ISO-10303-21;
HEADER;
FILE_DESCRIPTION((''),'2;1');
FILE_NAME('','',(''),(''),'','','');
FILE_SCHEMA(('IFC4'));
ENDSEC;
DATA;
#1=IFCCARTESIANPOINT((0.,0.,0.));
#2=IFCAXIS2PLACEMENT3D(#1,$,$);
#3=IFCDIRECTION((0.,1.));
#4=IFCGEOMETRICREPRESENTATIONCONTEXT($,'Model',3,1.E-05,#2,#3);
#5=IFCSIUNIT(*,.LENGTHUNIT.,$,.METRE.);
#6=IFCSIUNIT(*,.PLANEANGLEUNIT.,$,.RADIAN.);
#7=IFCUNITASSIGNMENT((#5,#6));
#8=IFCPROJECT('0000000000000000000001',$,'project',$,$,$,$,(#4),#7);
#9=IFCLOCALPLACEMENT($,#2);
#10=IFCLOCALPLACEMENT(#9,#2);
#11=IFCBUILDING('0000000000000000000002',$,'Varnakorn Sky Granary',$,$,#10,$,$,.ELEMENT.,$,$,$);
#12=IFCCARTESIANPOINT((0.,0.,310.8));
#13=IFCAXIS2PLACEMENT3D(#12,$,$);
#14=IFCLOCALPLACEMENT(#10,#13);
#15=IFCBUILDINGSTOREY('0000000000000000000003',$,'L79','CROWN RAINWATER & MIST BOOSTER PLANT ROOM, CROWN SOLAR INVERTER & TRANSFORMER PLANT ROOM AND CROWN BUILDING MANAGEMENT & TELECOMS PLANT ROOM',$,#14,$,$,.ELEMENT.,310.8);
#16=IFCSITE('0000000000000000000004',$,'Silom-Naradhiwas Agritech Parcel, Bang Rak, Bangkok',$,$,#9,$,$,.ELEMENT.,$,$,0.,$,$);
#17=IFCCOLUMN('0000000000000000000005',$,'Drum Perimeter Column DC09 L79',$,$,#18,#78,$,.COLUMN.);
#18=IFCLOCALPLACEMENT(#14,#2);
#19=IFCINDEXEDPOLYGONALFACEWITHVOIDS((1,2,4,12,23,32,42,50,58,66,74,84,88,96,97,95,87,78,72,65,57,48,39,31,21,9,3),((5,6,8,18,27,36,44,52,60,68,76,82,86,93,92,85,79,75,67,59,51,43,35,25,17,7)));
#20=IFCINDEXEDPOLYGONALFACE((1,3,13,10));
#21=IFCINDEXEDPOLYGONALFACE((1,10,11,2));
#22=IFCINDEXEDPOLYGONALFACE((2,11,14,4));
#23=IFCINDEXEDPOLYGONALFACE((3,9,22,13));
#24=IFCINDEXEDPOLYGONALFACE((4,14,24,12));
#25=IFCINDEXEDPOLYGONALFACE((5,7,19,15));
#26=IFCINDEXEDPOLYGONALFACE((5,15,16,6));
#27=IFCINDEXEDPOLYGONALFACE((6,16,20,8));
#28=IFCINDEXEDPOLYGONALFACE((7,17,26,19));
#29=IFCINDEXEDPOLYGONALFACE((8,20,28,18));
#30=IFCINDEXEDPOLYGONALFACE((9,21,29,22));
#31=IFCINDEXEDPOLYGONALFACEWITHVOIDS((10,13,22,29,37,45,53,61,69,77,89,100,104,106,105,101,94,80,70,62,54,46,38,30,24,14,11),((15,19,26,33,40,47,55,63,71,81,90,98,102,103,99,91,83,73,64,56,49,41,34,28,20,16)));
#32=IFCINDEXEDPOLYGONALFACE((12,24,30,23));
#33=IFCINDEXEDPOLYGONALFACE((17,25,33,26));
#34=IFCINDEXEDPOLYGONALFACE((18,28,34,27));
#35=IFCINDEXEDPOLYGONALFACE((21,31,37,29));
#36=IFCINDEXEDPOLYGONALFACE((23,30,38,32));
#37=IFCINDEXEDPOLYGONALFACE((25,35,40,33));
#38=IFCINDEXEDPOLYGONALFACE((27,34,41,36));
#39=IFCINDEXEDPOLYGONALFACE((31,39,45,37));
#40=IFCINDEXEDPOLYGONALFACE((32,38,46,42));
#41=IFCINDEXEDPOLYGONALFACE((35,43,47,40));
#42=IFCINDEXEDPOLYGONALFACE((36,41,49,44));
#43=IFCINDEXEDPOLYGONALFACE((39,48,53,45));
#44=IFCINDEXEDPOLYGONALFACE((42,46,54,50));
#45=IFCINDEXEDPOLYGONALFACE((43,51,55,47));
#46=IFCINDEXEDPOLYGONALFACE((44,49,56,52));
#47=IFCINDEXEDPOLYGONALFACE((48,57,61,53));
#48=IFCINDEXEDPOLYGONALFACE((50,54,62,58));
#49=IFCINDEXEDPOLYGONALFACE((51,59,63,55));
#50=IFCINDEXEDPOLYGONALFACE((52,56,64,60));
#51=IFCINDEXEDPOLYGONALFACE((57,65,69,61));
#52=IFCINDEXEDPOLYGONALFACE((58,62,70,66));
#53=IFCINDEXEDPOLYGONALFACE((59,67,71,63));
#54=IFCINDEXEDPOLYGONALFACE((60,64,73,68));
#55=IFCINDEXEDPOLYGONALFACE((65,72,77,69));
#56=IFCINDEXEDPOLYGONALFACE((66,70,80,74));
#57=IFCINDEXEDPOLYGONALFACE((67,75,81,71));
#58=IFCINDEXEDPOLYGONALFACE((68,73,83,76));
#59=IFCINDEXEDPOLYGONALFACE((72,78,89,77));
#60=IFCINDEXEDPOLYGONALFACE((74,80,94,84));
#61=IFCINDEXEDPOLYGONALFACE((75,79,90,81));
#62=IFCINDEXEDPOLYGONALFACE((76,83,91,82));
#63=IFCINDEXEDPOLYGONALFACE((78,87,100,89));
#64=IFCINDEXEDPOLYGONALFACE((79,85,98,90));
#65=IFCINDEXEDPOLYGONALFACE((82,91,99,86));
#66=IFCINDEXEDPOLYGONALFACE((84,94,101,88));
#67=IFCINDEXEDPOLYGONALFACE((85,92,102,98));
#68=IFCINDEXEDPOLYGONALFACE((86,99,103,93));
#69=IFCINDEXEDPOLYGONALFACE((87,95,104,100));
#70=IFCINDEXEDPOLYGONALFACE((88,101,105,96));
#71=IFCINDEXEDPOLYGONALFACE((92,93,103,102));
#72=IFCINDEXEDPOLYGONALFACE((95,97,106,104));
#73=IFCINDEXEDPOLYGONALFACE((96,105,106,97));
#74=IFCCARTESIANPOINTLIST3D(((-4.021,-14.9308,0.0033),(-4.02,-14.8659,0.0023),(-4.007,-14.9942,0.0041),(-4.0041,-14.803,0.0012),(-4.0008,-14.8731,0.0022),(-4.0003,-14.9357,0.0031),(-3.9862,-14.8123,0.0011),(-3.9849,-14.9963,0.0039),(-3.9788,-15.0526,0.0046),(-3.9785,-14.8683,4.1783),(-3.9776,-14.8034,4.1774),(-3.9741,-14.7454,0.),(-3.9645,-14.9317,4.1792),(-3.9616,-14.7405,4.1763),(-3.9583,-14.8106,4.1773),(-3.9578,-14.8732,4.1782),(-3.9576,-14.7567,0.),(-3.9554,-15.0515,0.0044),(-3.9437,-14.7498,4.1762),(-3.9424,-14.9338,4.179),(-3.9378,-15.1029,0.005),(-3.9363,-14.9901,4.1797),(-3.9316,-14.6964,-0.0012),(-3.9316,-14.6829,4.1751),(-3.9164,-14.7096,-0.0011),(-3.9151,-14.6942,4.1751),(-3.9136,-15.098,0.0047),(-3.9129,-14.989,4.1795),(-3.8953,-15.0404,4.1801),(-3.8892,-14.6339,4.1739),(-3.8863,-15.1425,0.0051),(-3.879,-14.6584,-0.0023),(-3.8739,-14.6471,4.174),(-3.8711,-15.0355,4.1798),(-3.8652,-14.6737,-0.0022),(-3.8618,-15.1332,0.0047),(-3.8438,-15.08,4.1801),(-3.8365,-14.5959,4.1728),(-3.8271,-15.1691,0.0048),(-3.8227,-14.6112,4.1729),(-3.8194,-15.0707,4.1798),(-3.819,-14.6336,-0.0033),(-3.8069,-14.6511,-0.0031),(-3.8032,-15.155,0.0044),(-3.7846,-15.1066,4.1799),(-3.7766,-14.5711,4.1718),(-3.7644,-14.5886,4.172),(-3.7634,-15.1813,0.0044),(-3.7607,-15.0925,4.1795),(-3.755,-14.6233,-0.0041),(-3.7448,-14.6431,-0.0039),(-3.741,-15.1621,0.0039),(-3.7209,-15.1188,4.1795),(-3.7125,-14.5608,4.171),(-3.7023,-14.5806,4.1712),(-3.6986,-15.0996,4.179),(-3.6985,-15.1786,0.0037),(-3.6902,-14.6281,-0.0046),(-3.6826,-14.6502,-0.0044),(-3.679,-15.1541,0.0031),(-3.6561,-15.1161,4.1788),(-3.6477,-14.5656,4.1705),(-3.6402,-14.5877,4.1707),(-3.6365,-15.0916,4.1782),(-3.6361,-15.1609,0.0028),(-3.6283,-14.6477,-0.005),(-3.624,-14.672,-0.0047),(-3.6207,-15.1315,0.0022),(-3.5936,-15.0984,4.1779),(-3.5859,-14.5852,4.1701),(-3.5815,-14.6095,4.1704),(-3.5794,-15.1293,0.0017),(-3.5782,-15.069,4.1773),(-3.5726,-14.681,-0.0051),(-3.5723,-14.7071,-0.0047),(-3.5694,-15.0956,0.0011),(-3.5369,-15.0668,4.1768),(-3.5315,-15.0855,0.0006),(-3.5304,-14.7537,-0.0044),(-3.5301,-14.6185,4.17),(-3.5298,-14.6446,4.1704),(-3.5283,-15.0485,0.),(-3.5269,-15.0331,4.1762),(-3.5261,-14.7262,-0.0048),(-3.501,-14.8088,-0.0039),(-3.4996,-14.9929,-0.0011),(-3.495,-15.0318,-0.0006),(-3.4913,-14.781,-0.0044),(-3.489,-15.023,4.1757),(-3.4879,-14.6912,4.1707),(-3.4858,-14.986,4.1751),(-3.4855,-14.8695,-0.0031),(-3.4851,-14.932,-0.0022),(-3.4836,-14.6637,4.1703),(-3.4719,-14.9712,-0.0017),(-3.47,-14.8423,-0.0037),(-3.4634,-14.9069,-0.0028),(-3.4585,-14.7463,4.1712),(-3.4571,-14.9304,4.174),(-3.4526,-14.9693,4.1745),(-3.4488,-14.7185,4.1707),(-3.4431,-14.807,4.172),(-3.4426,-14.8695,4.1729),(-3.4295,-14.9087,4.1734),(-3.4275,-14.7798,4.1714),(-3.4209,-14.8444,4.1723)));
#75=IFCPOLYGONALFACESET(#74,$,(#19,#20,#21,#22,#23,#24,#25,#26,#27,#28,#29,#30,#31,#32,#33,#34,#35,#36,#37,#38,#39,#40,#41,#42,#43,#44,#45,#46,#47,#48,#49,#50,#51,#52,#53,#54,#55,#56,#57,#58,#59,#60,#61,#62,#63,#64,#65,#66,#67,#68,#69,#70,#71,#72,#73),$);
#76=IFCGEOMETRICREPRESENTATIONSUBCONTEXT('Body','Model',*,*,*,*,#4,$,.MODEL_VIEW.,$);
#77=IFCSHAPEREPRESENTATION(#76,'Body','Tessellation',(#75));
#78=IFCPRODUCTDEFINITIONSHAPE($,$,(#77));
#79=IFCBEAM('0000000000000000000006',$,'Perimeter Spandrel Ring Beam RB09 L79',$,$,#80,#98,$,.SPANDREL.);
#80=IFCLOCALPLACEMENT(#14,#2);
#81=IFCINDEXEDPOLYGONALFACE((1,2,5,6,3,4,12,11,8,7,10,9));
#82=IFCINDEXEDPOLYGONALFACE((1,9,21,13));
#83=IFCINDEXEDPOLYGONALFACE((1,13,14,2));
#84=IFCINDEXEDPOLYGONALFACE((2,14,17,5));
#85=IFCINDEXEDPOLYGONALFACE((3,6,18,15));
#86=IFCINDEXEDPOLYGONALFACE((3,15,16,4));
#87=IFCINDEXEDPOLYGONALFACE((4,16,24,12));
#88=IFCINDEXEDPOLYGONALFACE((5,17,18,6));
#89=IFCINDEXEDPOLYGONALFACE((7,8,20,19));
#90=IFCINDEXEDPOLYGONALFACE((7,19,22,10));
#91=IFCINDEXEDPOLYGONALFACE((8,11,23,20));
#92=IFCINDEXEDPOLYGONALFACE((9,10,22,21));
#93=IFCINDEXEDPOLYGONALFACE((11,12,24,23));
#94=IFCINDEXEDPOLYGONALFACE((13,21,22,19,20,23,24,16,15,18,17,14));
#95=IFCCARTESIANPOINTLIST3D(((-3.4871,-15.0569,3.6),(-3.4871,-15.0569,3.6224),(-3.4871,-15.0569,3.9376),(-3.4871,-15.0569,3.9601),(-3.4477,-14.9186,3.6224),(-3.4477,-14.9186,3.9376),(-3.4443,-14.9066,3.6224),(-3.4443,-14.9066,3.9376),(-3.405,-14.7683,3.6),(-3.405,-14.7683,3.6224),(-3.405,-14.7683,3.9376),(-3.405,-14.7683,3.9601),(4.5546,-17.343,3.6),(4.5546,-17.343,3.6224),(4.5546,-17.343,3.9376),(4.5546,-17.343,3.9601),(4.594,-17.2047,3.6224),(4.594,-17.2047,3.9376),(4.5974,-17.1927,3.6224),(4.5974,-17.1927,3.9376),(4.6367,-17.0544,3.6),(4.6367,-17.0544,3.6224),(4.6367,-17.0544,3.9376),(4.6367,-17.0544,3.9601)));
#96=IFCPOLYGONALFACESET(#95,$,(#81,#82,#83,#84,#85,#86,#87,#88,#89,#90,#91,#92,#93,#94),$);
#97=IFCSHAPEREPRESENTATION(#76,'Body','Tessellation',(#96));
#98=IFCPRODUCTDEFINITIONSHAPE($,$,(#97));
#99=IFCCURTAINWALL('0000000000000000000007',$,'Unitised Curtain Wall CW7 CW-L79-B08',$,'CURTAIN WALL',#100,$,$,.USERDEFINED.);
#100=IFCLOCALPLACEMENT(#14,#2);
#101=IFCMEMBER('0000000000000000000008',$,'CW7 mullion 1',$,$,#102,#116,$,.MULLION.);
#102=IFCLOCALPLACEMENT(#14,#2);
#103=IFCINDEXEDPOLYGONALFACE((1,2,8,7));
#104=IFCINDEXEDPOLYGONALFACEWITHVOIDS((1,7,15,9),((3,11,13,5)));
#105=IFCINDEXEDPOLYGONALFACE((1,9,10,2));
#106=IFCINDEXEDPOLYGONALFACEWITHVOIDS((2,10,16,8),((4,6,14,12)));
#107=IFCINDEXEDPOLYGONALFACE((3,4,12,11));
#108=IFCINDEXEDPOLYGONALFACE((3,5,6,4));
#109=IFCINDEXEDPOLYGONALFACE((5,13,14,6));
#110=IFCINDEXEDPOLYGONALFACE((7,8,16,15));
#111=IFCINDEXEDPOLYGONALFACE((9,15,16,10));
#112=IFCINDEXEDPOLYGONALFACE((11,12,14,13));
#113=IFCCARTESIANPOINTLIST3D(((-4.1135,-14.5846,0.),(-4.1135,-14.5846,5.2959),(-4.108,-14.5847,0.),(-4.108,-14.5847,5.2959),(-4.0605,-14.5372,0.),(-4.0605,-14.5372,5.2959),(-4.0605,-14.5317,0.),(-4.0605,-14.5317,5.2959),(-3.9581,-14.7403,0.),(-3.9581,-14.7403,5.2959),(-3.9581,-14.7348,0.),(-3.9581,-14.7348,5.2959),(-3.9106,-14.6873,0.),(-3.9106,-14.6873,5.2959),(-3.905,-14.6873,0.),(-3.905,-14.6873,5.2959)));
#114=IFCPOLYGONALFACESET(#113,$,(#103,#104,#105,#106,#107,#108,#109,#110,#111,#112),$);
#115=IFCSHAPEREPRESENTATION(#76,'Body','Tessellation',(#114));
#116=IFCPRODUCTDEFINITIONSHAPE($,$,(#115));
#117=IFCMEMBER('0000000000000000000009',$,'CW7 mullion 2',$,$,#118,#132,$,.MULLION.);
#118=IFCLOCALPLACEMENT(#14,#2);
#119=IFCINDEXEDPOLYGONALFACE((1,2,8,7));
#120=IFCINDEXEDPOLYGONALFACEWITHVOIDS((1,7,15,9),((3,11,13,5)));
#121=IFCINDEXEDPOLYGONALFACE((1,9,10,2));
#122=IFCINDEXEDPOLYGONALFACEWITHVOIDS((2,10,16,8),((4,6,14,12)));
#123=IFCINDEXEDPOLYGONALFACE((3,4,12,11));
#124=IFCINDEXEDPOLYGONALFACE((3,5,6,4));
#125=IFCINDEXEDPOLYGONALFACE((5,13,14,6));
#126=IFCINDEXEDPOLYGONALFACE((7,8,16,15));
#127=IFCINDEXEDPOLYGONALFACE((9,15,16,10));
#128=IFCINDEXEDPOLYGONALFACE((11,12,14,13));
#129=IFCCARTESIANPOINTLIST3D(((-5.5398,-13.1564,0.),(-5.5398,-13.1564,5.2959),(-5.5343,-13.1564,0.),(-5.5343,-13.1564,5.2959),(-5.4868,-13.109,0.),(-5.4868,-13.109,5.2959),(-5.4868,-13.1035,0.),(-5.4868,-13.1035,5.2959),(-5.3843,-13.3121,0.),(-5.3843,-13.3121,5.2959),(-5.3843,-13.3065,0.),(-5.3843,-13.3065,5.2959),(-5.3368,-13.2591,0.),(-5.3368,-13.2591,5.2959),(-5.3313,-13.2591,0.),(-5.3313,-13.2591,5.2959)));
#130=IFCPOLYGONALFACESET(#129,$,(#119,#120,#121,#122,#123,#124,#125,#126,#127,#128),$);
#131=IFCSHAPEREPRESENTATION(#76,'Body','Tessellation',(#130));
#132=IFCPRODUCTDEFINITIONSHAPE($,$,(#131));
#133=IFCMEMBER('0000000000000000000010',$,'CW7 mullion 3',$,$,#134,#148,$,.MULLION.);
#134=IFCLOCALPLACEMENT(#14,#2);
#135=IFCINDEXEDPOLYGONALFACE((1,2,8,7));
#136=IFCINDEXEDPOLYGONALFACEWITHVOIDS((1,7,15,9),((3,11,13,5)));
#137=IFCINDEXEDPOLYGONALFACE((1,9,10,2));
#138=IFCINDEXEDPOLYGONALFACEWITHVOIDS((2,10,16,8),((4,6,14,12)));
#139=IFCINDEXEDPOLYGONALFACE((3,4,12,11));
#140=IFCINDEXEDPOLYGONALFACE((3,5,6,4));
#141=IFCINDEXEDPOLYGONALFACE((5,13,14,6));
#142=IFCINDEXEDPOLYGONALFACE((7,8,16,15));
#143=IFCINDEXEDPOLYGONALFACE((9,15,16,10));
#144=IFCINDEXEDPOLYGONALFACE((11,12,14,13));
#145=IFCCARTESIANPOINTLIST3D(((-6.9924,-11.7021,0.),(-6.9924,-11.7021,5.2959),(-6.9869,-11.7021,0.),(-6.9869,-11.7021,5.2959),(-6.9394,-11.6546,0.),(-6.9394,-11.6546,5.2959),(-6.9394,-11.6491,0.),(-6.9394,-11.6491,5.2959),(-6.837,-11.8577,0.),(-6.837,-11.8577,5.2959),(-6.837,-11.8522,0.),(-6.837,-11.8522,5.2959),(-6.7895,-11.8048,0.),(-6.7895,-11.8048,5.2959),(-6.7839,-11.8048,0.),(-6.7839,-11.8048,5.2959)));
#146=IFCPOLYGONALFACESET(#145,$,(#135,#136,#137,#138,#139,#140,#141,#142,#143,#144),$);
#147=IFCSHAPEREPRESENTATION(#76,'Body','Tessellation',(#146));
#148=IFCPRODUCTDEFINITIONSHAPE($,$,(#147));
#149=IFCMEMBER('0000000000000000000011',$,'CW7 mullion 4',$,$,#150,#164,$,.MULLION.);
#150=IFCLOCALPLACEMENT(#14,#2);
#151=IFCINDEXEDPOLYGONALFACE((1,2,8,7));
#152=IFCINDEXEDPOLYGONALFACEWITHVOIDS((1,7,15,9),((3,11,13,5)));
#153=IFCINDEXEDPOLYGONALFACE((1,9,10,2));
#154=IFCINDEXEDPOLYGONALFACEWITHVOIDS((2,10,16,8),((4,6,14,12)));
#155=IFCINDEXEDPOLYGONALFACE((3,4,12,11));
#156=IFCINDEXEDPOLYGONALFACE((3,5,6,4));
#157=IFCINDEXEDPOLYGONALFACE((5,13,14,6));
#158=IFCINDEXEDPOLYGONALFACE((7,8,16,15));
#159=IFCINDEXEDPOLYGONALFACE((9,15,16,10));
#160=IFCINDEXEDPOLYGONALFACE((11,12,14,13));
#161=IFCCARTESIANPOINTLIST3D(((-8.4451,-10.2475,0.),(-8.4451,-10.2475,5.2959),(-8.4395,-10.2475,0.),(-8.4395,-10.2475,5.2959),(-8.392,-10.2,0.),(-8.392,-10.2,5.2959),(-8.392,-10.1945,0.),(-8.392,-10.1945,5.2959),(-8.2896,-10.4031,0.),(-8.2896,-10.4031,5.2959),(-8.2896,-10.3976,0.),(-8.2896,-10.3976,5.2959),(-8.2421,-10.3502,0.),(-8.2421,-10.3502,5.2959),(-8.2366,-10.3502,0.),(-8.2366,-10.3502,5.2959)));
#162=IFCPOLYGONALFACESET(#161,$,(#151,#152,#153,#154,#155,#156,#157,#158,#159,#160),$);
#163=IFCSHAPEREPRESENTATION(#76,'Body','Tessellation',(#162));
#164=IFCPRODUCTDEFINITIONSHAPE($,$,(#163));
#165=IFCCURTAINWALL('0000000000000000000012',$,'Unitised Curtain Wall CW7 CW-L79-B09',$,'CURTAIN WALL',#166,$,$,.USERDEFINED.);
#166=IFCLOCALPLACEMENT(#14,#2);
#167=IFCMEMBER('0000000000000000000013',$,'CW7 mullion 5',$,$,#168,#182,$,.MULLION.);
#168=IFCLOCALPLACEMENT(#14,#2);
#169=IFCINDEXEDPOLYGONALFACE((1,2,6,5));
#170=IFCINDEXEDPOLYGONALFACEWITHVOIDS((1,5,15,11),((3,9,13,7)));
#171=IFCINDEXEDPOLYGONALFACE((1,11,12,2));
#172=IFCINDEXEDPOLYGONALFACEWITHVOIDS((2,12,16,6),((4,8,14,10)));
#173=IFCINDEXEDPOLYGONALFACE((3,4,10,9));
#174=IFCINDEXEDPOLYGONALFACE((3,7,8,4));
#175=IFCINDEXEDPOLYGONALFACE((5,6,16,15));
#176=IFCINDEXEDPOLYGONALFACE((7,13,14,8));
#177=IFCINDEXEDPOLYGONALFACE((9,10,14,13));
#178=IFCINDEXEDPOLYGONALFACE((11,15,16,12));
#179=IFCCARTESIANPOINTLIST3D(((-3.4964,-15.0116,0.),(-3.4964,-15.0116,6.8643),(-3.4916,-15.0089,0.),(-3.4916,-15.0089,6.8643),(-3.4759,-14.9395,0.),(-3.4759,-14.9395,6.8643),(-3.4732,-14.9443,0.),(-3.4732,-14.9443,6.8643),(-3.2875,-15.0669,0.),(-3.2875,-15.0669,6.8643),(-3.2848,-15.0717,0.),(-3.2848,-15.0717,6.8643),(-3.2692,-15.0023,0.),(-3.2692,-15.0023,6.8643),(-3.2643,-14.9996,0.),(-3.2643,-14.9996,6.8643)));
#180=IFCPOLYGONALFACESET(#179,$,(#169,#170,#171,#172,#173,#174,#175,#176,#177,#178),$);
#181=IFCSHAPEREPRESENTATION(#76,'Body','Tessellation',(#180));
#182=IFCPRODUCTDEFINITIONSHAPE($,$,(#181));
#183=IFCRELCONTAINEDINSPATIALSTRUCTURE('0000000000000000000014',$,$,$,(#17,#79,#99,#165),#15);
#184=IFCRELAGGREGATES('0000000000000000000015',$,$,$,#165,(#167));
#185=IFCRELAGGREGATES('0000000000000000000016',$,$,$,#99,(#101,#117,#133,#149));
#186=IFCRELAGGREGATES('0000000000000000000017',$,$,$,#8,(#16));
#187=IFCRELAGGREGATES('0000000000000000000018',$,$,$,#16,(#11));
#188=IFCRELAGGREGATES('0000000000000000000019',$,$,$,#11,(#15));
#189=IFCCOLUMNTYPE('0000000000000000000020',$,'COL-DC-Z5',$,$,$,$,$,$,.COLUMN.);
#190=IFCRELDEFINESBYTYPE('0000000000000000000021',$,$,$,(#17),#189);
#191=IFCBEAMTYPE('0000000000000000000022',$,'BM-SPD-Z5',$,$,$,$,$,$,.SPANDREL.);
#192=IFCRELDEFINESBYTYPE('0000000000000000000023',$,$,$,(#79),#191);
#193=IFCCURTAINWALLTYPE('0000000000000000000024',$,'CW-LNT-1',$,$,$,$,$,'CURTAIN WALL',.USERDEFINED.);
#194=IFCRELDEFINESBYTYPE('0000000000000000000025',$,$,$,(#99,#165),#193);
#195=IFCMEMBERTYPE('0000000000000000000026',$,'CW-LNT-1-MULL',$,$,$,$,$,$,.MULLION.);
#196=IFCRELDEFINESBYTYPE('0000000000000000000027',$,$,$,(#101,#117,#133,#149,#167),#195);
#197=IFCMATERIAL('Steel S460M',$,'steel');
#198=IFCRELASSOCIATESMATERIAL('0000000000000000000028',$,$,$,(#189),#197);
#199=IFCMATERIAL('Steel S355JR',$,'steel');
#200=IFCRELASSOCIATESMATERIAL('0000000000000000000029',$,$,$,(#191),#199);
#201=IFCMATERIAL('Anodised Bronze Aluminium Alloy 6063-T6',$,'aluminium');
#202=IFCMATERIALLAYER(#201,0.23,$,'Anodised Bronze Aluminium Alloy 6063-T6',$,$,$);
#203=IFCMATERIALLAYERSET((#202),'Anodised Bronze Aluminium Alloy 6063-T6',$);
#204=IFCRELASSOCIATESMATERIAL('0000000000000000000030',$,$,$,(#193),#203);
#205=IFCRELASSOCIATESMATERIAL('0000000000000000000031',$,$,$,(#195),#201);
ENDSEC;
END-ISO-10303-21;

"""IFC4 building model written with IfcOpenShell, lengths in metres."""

from ifc_helpers import new_model, si_unit, direction, frame, origin, origin_2d, place, context, subcontext, project, spatial, hollow_rectangle, hollow_circle, i_section, extrude, material, layer, layer_set, material_profile, profile_set, type_object, element, aggregate, save


model = new_model("IFC4")

# Units and contexts
model_context = context("Model", 3, precision=1e-05, world=origin(), true_north=direction((0.0, 1.0)))
body_context = subcontext(model_context, "Body", "Model", "MODEL_VIEW")
ifc_project = project(units=[si_unit("LENGTHUNIT", "METRE"), si_unit("PLANEANGLEUNIT", "RADIAN")], contexts=[model_context])

# Site, building, storey
site_placement = place(None, origin())
site = spatial("IfcSite", under=ifc_project, at=site_placement, Name="Silom-Naradhiwas Agritech Parcel, Bang Rak, Bangkok", CompositionType="ELEMENT", RefElevation=0.0)
building_placement = place(site_placement, origin())
building = spatial("IfcBuilding", under=site, at=building_placement, Name="Varnakorn Sky Granary", CompositionType="ELEMENT")
storey_placement = place(building_placement, frame((0.0, 0.0, 310.8)))
storey = spatial("IfcBuildingStorey", under=building, at=storey_placement, Name="L79", Description="CROWN RAINWATER & MIST BOOSTER PLANT ROOM, CROWN SOLAR INVERTER & TRANSFORMER PLANT ROOM AND CROWN BUILDING MANAGEMENT & TELECOMS PLANT ROOM", CompositionType="ELEMENT", Elevation=310.8)

# Column
ifc_material_1 = material(Name="Steel S460M", Category="steel")
ifc_material_profile_1 = material_profile(ifc_material_1, hollow_circle(Radius=0.2795, WallThickness=0.02, at=origin_2d()), Name="CHS 559x20")
ifc_profile_set_1 = profile_set([ifc_material_profile_1], Name="Steel S460M")
column_type = type_object("IfcColumnType", Name="COL-DC-Z5", PredefinedType="COLUMN", material=ifc_profile_set_1)
column_placement = place(storey_placement, frame((-3.7429, -14.9026, 0.0), z_axis=(0.010173, 0.014967, 0.999836), x_axis=(-0.827047, 0.562133, 0.0)))
element("IfcColumn", 1, at=column_placement, inside=storey, type_object=column_type, Name="Drum Perimeter Column DC09 L79", PredefinedType="COLUMN", context=body_context, shape_type="SweptSolid", body=[
    extrude(hollow_circle(Radius=0.2795, WallThickness=0.02, at=origin_2d()), origin(), (0.0, 0.0, 1.0), 4.1758),
])

# Beam
ifc_material_2 = material(Name="Steel S355JR", Category="steel")
ifc_material_profile_2 = material_profile(ifc_material_2, i_section(OverallWidth=0.3, OverallDepth=0.3601, WebThickness=0.0125, FlangeThickness=0.0225, at=origin_2d()), Name="HE 360 B")
ifc_profile_set_2 = profile_set([ifc_material_profile_2], Name="Steel S355JR")
beam_type = type_object("IfcBeamType", Name="BM-SPD-Z5", PredefinedType="SPANDREL", material=ifc_profile_set_2)
beam_placement = place(storey_placement, frame((-3.446, -14.9126, 3.78), z_axis=(0.961887, -0.273448, 0.0), x_axis=(0.273448, 0.961887, 0.0)))
element("IfcBeam", 2, at=beam_placement, inside=storey, type_object=beam_type, Name="Perimeter Spandrel Ring Beam RB09 L79", PredefinedType="SPANDREL", context=body_context, shape_type="SweptSolid", body=[
    extrude(i_section(OverallWidth=0.3, OverallDepth=0.3601, WebThickness=0.0125, FlangeThickness=0.0225, at=origin_2d()), origin(), (0.0, 0.0, 1.0), 8.3604),
])

# Curtain wall, members
ifc_material_3 = material(Name="Anodised Bronze Aluminium Alloy 6063-T6", Category="aluminium")
ifc_layer_1 = layer(ifc_material_3, 0.23, Name="Anodised Bronze Aluminium Alloy 6063-T6")
ifc_layer_set_1 = layer_set([ifc_layer_1], Name="Anodised Bronze Aluminium Alloy 6063-T6")
curtain_wall_type = type_object("IfcCurtainWallType", Name="CW-LNT-1", ElementType="CURTAIN WALL", PredefinedType="USERDEFINED", material=ifc_layer_set_1)
curtain_wall_1_placement = place(storey_placement, origin())
curtain_wall_1 = element("IfcCurtainWall", 3, at=curtain_wall_1_placement, inside=storey, type_object=curtain_wall_type, Name="Unitised Curtain Wall CW7 CW-L79-B08", ObjectType="CURTAIN WALL", PredefinedType="USERDEFINED")
ifc_material_profile_3 = material_profile(ifc_material_3, hollow_rectangle(XDim=0.075, YDim=0.22, WallThickness=0.0039, at=origin_2d()), Name="ALU MULL 75x220")
ifc_profile_set_3 = profile_set([ifc_material_profile_3], Name="Anodised Bronze Aluminium Alloy 6063-T6")
member_type_1 = type_object("IfcMemberType", Name="CW-LNT-1-MULL", PredefinedType="MULLION", material=ifc_profile_set_3)
member_1_placement = place(storey_placement, frame((-4.0093, -14.636, 0.0), z_axis=(0.0, 0.0, 1.0), x_axis=(-0.707563, -0.706651, 0.0)))
member_1 = element("IfcMember", 4, at=member_1_placement, type_object=member_type_1, Name="CW7 mullion 1", PredefinedType="MULLION", context=body_context, shape_type="SweptSolid", body=[
    extrude(hollow_rectangle(XDim=0.075, YDim=0.22, WallThickness=0.0039, at=origin_2d()), origin(), (0.0, 0.0, 1.0), 5.2959),
])
member_2_placement = place(storey_placement, frame((-5.4355, -13.2078, 0.0), z_axis=(0.0, 0.0, 1.0), x_axis=(-0.707563, -0.706651, 0.0)))
member_2 = element("IfcMember", 5, at=member_2_placement, type_object=member_type_1, Name="CW7 mullion 2", PredefinedType="MULLION", context=body_context, shape_type="SweptSolid", body=[
    extrude(hollow_rectangle(XDim=0.075, YDim=0.22, WallThickness=0.0039, at=origin_2d()), origin(), (0.0, 0.0, 1.0), 5.2959),
])
member_3_placement = place(storey_placement, frame((-6.8882, -11.7534, 0.0), z_axis=(0.0, 0.0, 1.0), x_axis=(-0.707563, -0.706651, 0.0)))
member_3 = element("IfcMember", 6, at=member_3_placement, type_object=member_type_1, Name="CW7 mullion 3", PredefinedType="MULLION", context=body_context, shape_type="SweptSolid", body=[
    extrude(hollow_rectangle(XDim=0.075, YDim=0.22, WallThickness=0.0039, at=origin_2d()), origin(), (0.0, 0.0, 1.0), 5.2959),
])
member_4_placement = place(storey_placement, frame((-8.3408, -10.2988, 0.0), z_axis=(0.0, 0.0, 1.0), x_axis=(-0.707563, -0.706651, 0.0)))
member_4 = element("IfcMember", 7, at=member_4_placement, type_object=member_type_1, Name="CW7 mullion 4", PredefinedType="MULLION", context=body_context, shape_type="SweptSolid", body=[
    extrude(hollow_rectangle(XDim=0.075, YDim=0.22, WallThickness=0.0039, at=origin_2d()), origin(), (0.0, 0.0, 1.0), 5.2959),
])

# Curtain wall, member
curtain_wall_2_placement = place(storey_placement, origin())
curtain_wall_2 = element("IfcCurtainWall", 8, at=curtain_wall_2_placement, inside=storey, type_object=curtain_wall_type, Name="Unitised Curtain Wall CW7 CW-L79-B09", ObjectType="CURTAIN WALL", PredefinedType="USERDEFINED")
member_5_placement = place(storey_placement, frame((-3.3804, -15.0056, 0.0), z_axis=(0.0, 0.0, 1.0), x_axis=(-0.273207, -0.961955, 0.0)))
member_5 = element("IfcMember", 9, at=member_5_placement, type_object=member_type_1, Name="CW7 mullion 5", PredefinedType="MULLION", context=body_context, shape_type="SweptSolid", body=[
    extrude(hollow_rectangle(XDim=0.075, YDim=0.22, WallThickness=0.0039, at=origin_2d()), origin(), (0.0, 0.0, 1.0), 6.8643),
])
aggregate(curtain_wall_2, [member_5])

aggregate(curtain_wall_1, [member_1, member_2, member_3, member_4])

save(model, "model.ifc")
